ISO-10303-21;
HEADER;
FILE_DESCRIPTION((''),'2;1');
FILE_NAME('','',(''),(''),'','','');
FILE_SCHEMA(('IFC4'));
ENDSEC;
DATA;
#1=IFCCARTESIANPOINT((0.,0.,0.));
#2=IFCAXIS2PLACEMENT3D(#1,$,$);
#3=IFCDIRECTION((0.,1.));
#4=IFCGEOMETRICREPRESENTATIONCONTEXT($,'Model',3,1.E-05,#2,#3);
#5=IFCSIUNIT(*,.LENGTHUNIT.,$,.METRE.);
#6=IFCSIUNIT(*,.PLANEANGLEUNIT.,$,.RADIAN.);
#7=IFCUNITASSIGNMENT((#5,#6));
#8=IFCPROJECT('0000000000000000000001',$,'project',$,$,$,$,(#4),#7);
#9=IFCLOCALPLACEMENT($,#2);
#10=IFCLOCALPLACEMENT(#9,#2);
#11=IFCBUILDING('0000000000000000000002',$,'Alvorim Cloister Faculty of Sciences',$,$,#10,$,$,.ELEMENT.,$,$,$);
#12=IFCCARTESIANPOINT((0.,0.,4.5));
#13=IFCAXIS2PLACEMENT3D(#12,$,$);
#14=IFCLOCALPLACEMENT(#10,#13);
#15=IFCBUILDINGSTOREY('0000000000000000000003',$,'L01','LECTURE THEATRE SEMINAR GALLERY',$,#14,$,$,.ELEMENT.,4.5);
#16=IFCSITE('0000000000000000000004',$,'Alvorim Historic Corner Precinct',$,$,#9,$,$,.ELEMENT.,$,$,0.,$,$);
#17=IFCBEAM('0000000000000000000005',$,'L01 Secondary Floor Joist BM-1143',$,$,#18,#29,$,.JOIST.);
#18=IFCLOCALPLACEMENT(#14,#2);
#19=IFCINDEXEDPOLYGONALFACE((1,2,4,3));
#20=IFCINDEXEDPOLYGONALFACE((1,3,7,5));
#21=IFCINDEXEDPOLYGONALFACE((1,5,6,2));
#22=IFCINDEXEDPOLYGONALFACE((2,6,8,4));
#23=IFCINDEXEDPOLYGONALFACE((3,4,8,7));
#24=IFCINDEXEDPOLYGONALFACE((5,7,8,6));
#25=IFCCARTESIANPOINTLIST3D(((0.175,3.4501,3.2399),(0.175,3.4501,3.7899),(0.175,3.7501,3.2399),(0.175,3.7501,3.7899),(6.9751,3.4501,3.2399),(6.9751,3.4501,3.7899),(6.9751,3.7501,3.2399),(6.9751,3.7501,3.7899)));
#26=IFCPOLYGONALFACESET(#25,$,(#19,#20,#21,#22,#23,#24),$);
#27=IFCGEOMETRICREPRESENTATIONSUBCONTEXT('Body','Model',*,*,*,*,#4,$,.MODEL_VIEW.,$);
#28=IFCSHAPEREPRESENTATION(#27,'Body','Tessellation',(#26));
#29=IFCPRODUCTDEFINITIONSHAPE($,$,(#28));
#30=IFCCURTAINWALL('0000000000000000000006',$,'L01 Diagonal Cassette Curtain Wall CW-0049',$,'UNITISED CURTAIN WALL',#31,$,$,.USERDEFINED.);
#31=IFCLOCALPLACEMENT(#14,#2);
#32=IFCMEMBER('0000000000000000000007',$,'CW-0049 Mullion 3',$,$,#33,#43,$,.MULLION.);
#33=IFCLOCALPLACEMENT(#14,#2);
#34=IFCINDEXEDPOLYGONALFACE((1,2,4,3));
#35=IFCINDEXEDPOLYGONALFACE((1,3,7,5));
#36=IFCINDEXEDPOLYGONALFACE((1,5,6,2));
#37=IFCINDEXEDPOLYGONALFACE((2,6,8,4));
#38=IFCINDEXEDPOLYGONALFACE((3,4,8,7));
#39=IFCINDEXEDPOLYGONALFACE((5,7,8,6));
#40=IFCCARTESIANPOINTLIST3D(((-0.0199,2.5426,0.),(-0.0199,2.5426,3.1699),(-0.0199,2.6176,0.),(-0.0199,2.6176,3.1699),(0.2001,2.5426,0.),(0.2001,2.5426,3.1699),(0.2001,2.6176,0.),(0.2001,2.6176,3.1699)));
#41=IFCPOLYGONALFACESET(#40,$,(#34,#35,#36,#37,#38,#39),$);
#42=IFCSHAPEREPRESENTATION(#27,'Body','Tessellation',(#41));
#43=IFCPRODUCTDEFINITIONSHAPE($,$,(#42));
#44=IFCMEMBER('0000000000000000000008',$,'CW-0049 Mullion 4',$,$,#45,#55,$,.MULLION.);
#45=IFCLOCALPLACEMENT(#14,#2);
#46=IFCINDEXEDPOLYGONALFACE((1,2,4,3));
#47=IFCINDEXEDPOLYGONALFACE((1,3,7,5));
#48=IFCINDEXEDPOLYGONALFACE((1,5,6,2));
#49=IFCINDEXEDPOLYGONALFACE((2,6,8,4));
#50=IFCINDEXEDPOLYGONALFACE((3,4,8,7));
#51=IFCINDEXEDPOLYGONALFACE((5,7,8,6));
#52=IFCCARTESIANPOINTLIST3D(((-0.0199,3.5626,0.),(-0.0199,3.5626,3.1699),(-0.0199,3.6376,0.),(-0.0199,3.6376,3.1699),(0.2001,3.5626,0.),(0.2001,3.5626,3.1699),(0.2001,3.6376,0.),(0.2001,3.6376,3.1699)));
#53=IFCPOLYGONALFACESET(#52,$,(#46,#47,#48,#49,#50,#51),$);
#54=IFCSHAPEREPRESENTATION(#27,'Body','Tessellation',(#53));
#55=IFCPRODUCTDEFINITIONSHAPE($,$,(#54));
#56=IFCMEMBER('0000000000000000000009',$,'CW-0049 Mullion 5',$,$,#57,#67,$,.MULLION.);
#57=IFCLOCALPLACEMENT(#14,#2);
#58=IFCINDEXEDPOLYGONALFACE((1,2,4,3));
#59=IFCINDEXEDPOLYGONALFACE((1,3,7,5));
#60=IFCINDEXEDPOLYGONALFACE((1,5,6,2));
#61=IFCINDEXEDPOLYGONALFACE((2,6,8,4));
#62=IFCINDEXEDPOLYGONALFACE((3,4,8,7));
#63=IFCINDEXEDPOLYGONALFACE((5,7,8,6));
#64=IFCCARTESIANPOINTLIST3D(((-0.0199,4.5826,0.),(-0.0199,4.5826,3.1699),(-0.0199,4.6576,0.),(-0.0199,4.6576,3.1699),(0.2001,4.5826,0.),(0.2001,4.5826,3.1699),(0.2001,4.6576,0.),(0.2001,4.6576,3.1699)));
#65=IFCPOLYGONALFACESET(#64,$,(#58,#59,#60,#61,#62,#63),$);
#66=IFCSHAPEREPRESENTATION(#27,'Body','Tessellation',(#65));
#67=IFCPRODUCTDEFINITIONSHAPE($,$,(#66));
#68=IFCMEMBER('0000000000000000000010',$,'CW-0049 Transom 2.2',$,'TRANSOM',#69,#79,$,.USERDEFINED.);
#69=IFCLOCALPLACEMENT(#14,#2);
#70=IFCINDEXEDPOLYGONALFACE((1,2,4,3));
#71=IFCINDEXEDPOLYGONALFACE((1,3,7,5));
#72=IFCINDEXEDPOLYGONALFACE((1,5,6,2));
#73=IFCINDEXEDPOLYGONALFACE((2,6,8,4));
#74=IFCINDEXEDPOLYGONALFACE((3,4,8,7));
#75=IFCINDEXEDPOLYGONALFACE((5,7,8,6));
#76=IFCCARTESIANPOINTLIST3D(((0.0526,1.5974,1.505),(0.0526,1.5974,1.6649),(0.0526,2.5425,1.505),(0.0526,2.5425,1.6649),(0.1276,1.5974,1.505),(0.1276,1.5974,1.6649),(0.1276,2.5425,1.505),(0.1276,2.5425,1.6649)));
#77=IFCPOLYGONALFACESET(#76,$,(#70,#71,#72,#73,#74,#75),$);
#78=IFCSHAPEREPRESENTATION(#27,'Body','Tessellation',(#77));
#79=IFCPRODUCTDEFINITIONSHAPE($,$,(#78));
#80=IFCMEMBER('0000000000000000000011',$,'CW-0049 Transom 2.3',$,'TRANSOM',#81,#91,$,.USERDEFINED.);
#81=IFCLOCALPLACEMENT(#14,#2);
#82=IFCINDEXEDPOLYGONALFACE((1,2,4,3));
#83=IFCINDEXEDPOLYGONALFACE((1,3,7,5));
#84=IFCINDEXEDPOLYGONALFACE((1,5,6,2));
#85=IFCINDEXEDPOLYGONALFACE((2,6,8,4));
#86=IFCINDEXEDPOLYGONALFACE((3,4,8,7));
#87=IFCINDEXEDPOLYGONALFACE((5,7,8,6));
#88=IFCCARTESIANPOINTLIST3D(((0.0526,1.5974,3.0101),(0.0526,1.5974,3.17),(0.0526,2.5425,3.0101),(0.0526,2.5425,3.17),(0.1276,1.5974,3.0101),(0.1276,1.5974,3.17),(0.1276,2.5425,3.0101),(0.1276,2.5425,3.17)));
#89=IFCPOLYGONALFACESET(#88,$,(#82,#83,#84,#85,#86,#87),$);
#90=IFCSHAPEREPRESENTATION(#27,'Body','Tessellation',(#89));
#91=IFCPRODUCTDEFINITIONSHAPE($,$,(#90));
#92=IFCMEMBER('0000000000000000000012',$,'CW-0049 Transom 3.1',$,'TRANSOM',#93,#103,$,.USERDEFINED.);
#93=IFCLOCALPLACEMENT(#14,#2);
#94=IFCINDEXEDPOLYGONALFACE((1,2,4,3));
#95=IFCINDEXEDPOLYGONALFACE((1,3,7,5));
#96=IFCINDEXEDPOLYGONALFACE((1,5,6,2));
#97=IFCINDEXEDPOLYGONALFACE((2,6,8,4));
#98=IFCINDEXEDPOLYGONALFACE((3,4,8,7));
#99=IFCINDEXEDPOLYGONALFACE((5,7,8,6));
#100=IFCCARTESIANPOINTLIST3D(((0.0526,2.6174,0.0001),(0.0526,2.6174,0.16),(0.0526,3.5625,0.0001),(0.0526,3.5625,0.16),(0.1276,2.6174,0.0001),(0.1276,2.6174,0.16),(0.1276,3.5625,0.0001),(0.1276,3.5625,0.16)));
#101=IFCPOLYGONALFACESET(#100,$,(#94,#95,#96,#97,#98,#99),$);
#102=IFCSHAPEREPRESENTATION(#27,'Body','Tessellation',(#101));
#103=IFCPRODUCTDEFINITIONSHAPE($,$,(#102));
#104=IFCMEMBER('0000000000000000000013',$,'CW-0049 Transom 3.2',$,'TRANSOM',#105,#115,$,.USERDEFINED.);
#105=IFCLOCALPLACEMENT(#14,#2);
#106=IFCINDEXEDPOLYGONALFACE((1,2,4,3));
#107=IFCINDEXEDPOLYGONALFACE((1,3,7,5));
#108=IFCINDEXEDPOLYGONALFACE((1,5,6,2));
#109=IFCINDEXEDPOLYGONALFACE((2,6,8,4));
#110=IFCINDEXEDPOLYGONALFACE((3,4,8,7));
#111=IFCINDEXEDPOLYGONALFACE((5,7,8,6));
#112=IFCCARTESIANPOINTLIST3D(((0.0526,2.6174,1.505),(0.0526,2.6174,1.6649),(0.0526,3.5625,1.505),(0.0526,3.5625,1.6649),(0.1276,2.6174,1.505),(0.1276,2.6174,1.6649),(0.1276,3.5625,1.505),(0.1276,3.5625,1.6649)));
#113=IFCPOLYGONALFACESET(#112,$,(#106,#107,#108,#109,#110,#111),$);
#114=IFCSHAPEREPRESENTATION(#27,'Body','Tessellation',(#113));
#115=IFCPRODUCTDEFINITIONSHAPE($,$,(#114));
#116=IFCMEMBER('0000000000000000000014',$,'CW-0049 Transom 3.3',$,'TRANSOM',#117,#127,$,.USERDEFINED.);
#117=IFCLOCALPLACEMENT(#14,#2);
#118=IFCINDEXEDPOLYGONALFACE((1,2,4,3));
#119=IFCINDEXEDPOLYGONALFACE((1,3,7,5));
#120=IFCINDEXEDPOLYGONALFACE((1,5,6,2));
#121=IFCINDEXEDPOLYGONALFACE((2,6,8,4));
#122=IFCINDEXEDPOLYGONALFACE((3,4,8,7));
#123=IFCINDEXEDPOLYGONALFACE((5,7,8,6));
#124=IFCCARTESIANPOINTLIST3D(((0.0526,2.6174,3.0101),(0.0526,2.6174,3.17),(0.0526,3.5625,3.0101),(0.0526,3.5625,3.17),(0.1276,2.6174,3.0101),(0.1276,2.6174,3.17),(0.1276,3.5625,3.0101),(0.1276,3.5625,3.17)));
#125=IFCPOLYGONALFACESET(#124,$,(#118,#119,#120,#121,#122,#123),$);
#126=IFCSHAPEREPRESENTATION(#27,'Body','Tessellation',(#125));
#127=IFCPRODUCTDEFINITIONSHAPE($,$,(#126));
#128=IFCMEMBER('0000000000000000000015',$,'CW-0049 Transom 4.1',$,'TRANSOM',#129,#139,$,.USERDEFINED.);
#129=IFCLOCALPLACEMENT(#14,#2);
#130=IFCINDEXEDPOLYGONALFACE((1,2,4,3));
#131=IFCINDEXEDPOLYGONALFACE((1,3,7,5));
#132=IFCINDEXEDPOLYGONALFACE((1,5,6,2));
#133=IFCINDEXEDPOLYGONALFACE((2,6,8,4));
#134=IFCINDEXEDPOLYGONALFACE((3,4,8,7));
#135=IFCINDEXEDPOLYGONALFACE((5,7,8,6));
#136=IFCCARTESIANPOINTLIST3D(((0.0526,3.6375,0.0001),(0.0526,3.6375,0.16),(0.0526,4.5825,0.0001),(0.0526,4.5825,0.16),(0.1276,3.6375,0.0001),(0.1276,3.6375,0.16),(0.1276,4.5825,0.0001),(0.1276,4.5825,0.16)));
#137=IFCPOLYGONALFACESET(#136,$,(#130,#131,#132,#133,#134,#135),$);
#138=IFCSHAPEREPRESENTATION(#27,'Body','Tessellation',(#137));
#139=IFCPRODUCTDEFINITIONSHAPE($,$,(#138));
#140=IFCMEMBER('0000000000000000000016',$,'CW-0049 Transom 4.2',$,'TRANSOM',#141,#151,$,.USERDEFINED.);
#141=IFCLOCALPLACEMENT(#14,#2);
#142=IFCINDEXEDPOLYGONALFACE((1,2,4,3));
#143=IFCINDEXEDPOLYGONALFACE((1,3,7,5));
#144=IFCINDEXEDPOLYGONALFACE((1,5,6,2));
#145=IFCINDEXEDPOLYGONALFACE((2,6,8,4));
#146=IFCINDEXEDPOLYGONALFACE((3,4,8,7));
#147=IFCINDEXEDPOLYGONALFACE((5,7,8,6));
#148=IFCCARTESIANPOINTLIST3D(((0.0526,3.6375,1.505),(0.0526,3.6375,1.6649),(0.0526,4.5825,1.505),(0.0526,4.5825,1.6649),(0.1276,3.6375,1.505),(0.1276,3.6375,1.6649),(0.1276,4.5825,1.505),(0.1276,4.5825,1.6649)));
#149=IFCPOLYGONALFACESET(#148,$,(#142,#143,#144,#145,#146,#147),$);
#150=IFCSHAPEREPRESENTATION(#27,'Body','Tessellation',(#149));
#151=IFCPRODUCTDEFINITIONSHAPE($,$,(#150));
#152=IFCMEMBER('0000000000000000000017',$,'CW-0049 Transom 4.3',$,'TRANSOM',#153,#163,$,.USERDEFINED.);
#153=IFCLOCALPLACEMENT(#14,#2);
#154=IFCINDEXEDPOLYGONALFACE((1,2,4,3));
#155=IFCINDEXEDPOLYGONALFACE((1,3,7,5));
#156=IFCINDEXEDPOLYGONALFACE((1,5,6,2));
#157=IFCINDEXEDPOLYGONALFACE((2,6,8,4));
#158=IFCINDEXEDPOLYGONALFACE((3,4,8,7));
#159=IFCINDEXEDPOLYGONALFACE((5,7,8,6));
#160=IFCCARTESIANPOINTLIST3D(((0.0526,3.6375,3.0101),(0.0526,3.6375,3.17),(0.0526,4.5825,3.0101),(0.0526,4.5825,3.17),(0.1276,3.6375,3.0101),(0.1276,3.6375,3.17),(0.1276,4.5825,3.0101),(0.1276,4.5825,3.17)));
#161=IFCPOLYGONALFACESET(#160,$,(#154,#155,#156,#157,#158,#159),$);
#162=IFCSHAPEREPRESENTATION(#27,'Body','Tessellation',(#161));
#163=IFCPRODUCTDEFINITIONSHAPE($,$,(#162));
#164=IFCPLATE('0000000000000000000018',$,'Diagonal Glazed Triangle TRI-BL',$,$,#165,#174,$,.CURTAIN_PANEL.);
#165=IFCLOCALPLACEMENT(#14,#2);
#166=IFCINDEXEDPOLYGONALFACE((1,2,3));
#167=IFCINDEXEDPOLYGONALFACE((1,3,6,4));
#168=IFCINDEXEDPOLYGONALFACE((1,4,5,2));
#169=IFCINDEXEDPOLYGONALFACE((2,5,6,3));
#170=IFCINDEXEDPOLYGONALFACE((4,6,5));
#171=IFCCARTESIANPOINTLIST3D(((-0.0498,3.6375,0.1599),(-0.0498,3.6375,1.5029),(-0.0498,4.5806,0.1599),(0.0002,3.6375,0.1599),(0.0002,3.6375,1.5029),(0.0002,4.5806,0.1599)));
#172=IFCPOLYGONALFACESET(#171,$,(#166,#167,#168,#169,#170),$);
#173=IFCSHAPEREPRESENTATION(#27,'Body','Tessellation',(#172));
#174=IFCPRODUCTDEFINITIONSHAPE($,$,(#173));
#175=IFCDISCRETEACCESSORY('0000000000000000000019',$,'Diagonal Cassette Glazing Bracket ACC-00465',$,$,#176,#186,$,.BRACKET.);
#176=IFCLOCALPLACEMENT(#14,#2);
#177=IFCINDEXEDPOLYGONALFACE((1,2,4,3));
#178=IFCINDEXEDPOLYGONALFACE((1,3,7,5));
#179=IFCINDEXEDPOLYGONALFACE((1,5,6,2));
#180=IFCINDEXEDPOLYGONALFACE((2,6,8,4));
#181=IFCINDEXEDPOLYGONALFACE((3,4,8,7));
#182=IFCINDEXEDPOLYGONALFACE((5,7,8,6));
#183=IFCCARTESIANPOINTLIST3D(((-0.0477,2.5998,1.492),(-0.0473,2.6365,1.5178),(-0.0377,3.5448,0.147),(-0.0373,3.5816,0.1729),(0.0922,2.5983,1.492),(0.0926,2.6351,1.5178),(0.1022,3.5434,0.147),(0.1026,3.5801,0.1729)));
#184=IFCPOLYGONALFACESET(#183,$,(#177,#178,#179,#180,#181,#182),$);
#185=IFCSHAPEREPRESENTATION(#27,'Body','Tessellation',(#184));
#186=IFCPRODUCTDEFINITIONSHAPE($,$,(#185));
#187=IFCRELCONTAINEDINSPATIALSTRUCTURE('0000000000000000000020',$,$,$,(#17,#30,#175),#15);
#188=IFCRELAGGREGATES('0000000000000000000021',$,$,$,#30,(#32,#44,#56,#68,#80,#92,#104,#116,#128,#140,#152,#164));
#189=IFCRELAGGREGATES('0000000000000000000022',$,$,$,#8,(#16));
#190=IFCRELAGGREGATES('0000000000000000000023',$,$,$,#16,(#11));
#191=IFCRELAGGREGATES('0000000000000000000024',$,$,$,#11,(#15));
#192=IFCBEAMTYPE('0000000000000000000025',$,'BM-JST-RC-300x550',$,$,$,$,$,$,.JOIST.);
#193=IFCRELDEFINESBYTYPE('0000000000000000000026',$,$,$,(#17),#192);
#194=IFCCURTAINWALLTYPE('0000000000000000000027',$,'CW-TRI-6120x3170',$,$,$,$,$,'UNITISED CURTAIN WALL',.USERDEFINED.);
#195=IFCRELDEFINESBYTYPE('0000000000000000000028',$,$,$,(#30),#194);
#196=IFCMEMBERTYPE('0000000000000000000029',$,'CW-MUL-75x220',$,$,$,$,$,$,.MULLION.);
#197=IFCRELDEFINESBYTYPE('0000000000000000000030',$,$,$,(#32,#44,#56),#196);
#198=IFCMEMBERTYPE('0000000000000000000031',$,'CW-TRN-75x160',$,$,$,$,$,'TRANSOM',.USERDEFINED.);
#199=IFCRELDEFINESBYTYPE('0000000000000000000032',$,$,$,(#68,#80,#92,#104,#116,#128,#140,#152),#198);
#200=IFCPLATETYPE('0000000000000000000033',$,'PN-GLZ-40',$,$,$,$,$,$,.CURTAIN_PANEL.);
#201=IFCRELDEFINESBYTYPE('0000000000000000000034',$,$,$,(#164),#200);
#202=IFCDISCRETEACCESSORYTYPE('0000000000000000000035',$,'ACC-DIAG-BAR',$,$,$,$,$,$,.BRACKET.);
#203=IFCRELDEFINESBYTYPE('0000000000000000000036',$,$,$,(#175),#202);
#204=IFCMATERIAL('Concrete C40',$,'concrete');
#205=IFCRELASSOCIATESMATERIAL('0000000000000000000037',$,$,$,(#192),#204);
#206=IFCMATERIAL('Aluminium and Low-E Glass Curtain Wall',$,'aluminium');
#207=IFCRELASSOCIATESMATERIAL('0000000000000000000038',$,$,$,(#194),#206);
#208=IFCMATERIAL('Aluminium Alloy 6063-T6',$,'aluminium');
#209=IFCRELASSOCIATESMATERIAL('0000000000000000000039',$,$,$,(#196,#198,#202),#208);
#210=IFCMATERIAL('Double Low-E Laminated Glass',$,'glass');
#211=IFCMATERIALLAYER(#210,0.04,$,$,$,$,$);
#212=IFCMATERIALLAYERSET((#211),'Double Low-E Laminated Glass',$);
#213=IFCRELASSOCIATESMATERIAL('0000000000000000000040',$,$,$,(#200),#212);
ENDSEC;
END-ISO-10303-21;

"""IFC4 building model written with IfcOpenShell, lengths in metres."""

from ifc_helpers import new_model, si_unit, direction, frame, origin, origin_2d, place, context, subcontext, project, spatial, polyline, rectangle, outline, extrude, material, layer, layer_set, material_profile, profile_set, type_object, element, aggregate, save


model = new_model("IFC4")

# Units and contexts
model_context = context("Model", 3, precision=1e-05, world=origin(), true_north=direction((0.0, 1.0)))
body_context = subcontext(model_context, "Body", "Model", "MODEL_VIEW")
ifc_project = project(units=[si_unit("LENGTHUNIT", "METRE"), si_unit("PLANEANGLEUNIT", "RADIAN")], contexts=[model_context])

# Site, building, storey
site_placement = place(None, origin())
site = spatial("IfcSite", under=ifc_project, at=site_placement, Name="Alvorim Historic Corner Precinct", CompositionType="ELEMENT", RefElevation=0.0)
building_placement = place(site_placement, origin())
building = spatial("IfcBuilding", under=site, at=building_placement, Name="Alvorim Cloister Faculty of Sciences", CompositionType="ELEMENT")
storey_placement = place(building_placement, frame((0.0, 0.0, 4.5)))
storey = spatial("IfcBuildingStorey", under=building, at=storey_placement, Name="L01", Description="LECTURE THEATRE SEMINAR GALLERY", CompositionType="ELEMENT", Elevation=4.5)

# Beam
ifc_material_1 = material(Name="Concrete C40", Category="concrete")
ifc_material_profile_1 = material_profile(ifc_material_1, rectangle(XDim=0.3, YDim=0.55, at=origin_2d()), Name="RC40-JST-300x550")
ifc_profile_set_1 = profile_set([ifc_material_profile_1], Name="Concrete C40")
beam_type = type_object("IfcBeamType", Name="BM-JST-RC-300x550", PredefinedType="JOIST", material=ifc_profile_set_1)
beam_placement = place(storey_placement, frame((0.175, 3.6001, 3.5149), z_axis=(1.0, 0.0, 0.0), x_axis=(0.0, 1.0, 0.0)))
element("IfcBeam", 1, at=beam_placement, inside=storey, type_object=beam_type, Name="L01 Secondary Floor Joist BM-1143", PredefinedType="JOIST", context=body_context, shape_type="SweptSolid", body=[
    extrude(rectangle(XDim=0.3, YDim=0.55, at=origin_2d()), origin(), (0.0, 0.0, 1.0), 6.8),
])

# Curtain wall, members, plate
ifc_material_2 = material(Name="Aluminium and Low-E Glass Curtain Wall", Category="aluminium")
curtain_wall_type = type_object("IfcCurtainWallType", Name="CW-TRI-6120x3170", ElementType="UNITISED CURTAIN WALL", PredefinedType="USERDEFINED", material=ifc_material_2)
curtain_wall_placement = place(storey_placement, origin())
curtain_wall = element("IfcCurtainWall", 2, at=curtain_wall_placement, inside=storey, type_object=curtain_wall_type, Name="L01 Diagonal Cassette Curtain Wall CW-0049", ObjectType="UNITISED CURTAIN WALL", PredefinedType="USERDEFINED")
ifc_material_3 = material(Name="Aluminium Alloy 6063-T6", Category="aluminium")
ifc_material_profile_2 = material_profile(ifc_material_3, rectangle(XDim=0.075, YDim=0.22, at=origin_2d()), Name="ALU-MUL-75x220")
ifc_profile_set_2 = profile_set([ifc_material_profile_2], Name="Aluminium Alloy 6063-T6")
member_type_1 = type_object("IfcMemberType", Name="CW-MUL-75x220", PredefinedType="MULLION", material=ifc_profile_set_2)
member_1_placement = place(storey_placement, frame((0.0901, 2.5801, 0.0), z_axis=(0.0, 0.0, 1.0), x_axis=(0.0, 1.0, 0.0)))
member_1 = element("IfcMember", 3, at=member_1_placement, type_object=member_type_1, Name="CW-0049 Mullion 3", PredefinedType="MULLION", context=body_context, shape_type="SweptSolid", body=[
    extrude(rectangle(XDim=0.075, YDim=0.22, at=origin_2d()), origin(), (0.0, 0.0, 1.0), 3.1699),
])
member_2_placement = place(storey_placement, frame((0.0901, 3.6001, 0.0), z_axis=(0.0, 0.0, 1.0), x_axis=(0.0, 1.0, 0.0)))
member_2 = element("IfcMember", 4, at=member_2_placement, type_object=member_type_1, Name="CW-0049 Mullion 4", PredefinedType="MULLION", context=body_context, shape_type="SweptSolid", body=[
    extrude(rectangle(XDim=0.075, YDim=0.22, at=origin_2d()), origin(), (0.0, 0.0, 1.0), 3.1699),
])
member_3_placement = place(storey_placement, frame((0.0901, 4.6201, 0.0), z_axis=(0.0, 0.0, 1.0), x_axis=(0.0, 1.0, 0.0)))
member_3 = element("IfcMember", 5, at=member_3_placement, type_object=member_type_1, Name="CW-0049 Mullion 5", PredefinedType="MULLION", context=body_context, shape_type="SweptSolid", body=[
    extrude(rectangle(XDim=0.075, YDim=0.22, at=origin_2d()), origin(), (0.0, 0.0, 1.0), 3.1699),
])
ifc_material_profile_3 = material_profile(ifc_material_3, rectangle(XDim=0.075, YDim=0.1599, at=origin_2d()), Name="ALU-TRN-75x160")
ifc_profile_set_3 = profile_set([ifc_material_profile_3], Name="Aluminium Alloy 6063-T6")
member_type_2 = type_object("IfcMemberType", Name="CW-TRN-75x160", ElementType="TRANSOM", PredefinedType="USERDEFINED", material=ifc_profile_set_3)
member_4_placement = place(storey_placement, frame((0.0901, 1.5974, 1.585), z_axis=(0.0, 1.0, 0.0), x_axis=(-1.0, 0.0, 0.0)))
member_4 = element("IfcMember", 6, at=member_4_placement, type_object=member_type_2, Name="CW-0049 Transom 2.2", ObjectType="TRANSOM", PredefinedType="USERDEFINED", context=body_context, shape_type="SweptSolid", body=[
    extrude(rectangle(XDim=0.075, YDim=0.1599, at=origin_2d()), origin(), (0.0, 0.0, 1.0), 0.9451),
])
member_5_placement = place(storey_placement, frame((0.0901, 1.5974, 3.0901), z_axis=(0.0, 1.0, 0.0), x_axis=(-1.0, 0.0, 0.0)))
member_5 = element("IfcMember", 7, at=member_5_placement, type_object=member_type_2, Name="CW-0049 Transom 2.3", ObjectType="TRANSOM", PredefinedType="USERDEFINED", context=body_context, shape_type="SweptSolid", body=[
    extrude(rectangle(XDim=0.075, YDim=0.1599, at=origin_2d()), origin(), (0.0, 0.0, 1.0), 0.9451),
])
member_6_placement = place(storey_placement, frame((0.0901, 2.6174, 0.0801), z_axis=(0.0, 1.0, 0.0), x_axis=(-1.0, 0.0, 0.0)))
member_6 = element("IfcMember", 8, at=member_6_placement, type_object=member_type_2, Name="CW-0049 Transom 3.1", ObjectType="TRANSOM", PredefinedType="USERDEFINED", context=body_context, shape_type="SweptSolid", body=[
    extrude(rectangle(XDim=0.075, YDim=0.1599, at=origin_2d()), origin(), (0.0, 0.0, 1.0), 0.9451),
])
member_7_placement = place(storey_placement, frame((0.0901, 2.6174, 1.585), z_axis=(0.0, 1.0, 0.0), x_axis=(-1.0, 0.0, 0.0)))
member_7 = element("IfcMember", 9, at=member_7_placement, type_object=member_type_2, Name="CW-0049 Transom 3.2", ObjectType="TRANSOM", PredefinedType="USERDEFINED", context=body_context, shape_type="SweptSolid", body=[
    extrude(rectangle(XDim=0.075, YDim=0.1599, at=origin_2d()), origin(), (0.0, 0.0, 1.0), 0.9451),
])
member_8_placement = place(storey_placement, frame((0.0901, 2.6174, 3.0901), z_axis=(0.0, 1.0, 0.0), x_axis=(-1.0, 0.0, 0.0)))
member_8 = element("IfcMember", 10, at=member_8_placement, type_object=member_type_2, Name="CW-0049 Transom 3.3", ObjectType="TRANSOM", PredefinedType="USERDEFINED", context=body_context, shape_type="SweptSolid", body=[
    extrude(rectangle(XDim=0.075, YDim=0.1599, at=origin_2d()), origin(), (0.0, 0.0, 1.0), 0.9451),
])
member_9_placement = place(storey_placement, frame((0.0901, 3.6375, 0.0801), z_axis=(0.0, 1.0, 0.0), x_axis=(-1.0, 0.0, 0.0)))
member_9 = element("IfcMember", 11, at=member_9_placement, type_object=member_type_2, Name="CW-0049 Transom 4.1", ObjectType="TRANSOM", PredefinedType="USERDEFINED", context=body_context, shape_type="SweptSolid", body=[
    extrude(rectangle(XDim=0.075, YDim=0.1599, at=origin_2d()), origin(), (0.0, 0.0, 1.0), 0.9451),
])
member_10_placement = place(storey_placement, frame((0.0901, 3.6375, 1.585), z_axis=(0.0, 1.0, 0.0), x_axis=(-1.0, 0.0, 0.0)))
member_10 = element("IfcMember", 12, at=member_10_placement, type_object=member_type_2, Name="CW-0049 Transom 4.2", ObjectType="TRANSOM", PredefinedType="USERDEFINED", context=body_context, shape_type="SweptSolid", body=[
    extrude(rectangle(XDim=0.075, YDim=0.1599, at=origin_2d()), origin(), (0.0, 0.0, 1.0), 0.9451),
])
member_11_placement = place(storey_placement, frame((0.0901, 3.6375, 3.0901), z_axis=(0.0, 1.0, 0.0), x_axis=(-1.0, 0.0, 0.0)))
member_11 = element("IfcMember", 13, at=member_11_placement, type_object=member_type_2, Name="CW-0049 Transom 4.3", ObjectType="TRANSOM", PredefinedType="USERDEFINED", context=body_context, shape_type="SweptSolid", body=[
    extrude(rectangle(XDim=0.075, YDim=0.1599, at=origin_2d()), origin(), (0.0, 0.0, 1.0), 0.9451),
])
ifc_material_4 = material(Name="Double Low-E Laminated Glass", Category="glass")
ifc_layer = layer(ifc_material_4, 0.04)
ifc_layer_set = layer_set([ifc_layer], Name="Double Low-E Laminated Glass")
plate_type = type_object("IfcPlateType", Name="PN-GLZ-40", PredefinedType="CURTAIN_PANEL", material=ifc_layer_set)
plate_1_placement = place(storey_placement, frame((-0.0249, 3.6375, 0.1599), z_axis=(0.0, 0.0, 1.0), x_axis=(0.0, 1.0, 0.0)))
plate_1 = element("IfcPlate", 14, at=plate_1_placement, type_object=plate_type, Name="Diagonal Glazed Triangle TRI-BL", PredefinedType="CURTAIN_PANEL", context=body_context, shape_type="SweptSolid", body=[
    extrude(outline(polyline([(0.0, 0.0), (0.9431, 0.0), (0.0, 1.343), (0.0, 0.0)])), frame((0.0, 0.0249, 0.0), z_axis=(0.0, -1.0, 0.0), x_axis=(1.0, 0.0, 0.0)), (0.0, 0.0, 1.0), 0.05),
])
aggregate(curtain_wall, [member_1, member_2, member_3, member_4, member_5, member_6, member_7, member_8, member_9, member_10, member_11, plate_1])

# Discrete accessory
discrete_accessory_type = type_object("IfcDiscreteAccessoryType", Name="ACC-DIAG-BAR", PredefinedType="BRACKET", material=ifc_material_3)
for number, where, z_axis, x_axis, name in (
    (15, (0.0225, 2.6174, 1.5049), (0.006089, 0.574916, -0.81819), (-0.999944, 0.010591, 0.0), "Diagonal Cassette Glazing Bracket ACC-00465"),
):
    element("IfcDiscreteAccessory", number, at=place(storey_placement, frame(where, z_axis=z_axis, x_axis=x_axis)), inside=storey, type_object=discrete_accessory_type, Name=name, PredefinedType="BRACKET", context=body_context, shape_type="SweptSolid", body=[
        extrude(rectangle(XDim=0.1399, YDim=0.0449, at=origin_2d()), origin(), (0.0, 0.0, 1.0), 1.6438),
    ])

save(model, "model.ifc")
